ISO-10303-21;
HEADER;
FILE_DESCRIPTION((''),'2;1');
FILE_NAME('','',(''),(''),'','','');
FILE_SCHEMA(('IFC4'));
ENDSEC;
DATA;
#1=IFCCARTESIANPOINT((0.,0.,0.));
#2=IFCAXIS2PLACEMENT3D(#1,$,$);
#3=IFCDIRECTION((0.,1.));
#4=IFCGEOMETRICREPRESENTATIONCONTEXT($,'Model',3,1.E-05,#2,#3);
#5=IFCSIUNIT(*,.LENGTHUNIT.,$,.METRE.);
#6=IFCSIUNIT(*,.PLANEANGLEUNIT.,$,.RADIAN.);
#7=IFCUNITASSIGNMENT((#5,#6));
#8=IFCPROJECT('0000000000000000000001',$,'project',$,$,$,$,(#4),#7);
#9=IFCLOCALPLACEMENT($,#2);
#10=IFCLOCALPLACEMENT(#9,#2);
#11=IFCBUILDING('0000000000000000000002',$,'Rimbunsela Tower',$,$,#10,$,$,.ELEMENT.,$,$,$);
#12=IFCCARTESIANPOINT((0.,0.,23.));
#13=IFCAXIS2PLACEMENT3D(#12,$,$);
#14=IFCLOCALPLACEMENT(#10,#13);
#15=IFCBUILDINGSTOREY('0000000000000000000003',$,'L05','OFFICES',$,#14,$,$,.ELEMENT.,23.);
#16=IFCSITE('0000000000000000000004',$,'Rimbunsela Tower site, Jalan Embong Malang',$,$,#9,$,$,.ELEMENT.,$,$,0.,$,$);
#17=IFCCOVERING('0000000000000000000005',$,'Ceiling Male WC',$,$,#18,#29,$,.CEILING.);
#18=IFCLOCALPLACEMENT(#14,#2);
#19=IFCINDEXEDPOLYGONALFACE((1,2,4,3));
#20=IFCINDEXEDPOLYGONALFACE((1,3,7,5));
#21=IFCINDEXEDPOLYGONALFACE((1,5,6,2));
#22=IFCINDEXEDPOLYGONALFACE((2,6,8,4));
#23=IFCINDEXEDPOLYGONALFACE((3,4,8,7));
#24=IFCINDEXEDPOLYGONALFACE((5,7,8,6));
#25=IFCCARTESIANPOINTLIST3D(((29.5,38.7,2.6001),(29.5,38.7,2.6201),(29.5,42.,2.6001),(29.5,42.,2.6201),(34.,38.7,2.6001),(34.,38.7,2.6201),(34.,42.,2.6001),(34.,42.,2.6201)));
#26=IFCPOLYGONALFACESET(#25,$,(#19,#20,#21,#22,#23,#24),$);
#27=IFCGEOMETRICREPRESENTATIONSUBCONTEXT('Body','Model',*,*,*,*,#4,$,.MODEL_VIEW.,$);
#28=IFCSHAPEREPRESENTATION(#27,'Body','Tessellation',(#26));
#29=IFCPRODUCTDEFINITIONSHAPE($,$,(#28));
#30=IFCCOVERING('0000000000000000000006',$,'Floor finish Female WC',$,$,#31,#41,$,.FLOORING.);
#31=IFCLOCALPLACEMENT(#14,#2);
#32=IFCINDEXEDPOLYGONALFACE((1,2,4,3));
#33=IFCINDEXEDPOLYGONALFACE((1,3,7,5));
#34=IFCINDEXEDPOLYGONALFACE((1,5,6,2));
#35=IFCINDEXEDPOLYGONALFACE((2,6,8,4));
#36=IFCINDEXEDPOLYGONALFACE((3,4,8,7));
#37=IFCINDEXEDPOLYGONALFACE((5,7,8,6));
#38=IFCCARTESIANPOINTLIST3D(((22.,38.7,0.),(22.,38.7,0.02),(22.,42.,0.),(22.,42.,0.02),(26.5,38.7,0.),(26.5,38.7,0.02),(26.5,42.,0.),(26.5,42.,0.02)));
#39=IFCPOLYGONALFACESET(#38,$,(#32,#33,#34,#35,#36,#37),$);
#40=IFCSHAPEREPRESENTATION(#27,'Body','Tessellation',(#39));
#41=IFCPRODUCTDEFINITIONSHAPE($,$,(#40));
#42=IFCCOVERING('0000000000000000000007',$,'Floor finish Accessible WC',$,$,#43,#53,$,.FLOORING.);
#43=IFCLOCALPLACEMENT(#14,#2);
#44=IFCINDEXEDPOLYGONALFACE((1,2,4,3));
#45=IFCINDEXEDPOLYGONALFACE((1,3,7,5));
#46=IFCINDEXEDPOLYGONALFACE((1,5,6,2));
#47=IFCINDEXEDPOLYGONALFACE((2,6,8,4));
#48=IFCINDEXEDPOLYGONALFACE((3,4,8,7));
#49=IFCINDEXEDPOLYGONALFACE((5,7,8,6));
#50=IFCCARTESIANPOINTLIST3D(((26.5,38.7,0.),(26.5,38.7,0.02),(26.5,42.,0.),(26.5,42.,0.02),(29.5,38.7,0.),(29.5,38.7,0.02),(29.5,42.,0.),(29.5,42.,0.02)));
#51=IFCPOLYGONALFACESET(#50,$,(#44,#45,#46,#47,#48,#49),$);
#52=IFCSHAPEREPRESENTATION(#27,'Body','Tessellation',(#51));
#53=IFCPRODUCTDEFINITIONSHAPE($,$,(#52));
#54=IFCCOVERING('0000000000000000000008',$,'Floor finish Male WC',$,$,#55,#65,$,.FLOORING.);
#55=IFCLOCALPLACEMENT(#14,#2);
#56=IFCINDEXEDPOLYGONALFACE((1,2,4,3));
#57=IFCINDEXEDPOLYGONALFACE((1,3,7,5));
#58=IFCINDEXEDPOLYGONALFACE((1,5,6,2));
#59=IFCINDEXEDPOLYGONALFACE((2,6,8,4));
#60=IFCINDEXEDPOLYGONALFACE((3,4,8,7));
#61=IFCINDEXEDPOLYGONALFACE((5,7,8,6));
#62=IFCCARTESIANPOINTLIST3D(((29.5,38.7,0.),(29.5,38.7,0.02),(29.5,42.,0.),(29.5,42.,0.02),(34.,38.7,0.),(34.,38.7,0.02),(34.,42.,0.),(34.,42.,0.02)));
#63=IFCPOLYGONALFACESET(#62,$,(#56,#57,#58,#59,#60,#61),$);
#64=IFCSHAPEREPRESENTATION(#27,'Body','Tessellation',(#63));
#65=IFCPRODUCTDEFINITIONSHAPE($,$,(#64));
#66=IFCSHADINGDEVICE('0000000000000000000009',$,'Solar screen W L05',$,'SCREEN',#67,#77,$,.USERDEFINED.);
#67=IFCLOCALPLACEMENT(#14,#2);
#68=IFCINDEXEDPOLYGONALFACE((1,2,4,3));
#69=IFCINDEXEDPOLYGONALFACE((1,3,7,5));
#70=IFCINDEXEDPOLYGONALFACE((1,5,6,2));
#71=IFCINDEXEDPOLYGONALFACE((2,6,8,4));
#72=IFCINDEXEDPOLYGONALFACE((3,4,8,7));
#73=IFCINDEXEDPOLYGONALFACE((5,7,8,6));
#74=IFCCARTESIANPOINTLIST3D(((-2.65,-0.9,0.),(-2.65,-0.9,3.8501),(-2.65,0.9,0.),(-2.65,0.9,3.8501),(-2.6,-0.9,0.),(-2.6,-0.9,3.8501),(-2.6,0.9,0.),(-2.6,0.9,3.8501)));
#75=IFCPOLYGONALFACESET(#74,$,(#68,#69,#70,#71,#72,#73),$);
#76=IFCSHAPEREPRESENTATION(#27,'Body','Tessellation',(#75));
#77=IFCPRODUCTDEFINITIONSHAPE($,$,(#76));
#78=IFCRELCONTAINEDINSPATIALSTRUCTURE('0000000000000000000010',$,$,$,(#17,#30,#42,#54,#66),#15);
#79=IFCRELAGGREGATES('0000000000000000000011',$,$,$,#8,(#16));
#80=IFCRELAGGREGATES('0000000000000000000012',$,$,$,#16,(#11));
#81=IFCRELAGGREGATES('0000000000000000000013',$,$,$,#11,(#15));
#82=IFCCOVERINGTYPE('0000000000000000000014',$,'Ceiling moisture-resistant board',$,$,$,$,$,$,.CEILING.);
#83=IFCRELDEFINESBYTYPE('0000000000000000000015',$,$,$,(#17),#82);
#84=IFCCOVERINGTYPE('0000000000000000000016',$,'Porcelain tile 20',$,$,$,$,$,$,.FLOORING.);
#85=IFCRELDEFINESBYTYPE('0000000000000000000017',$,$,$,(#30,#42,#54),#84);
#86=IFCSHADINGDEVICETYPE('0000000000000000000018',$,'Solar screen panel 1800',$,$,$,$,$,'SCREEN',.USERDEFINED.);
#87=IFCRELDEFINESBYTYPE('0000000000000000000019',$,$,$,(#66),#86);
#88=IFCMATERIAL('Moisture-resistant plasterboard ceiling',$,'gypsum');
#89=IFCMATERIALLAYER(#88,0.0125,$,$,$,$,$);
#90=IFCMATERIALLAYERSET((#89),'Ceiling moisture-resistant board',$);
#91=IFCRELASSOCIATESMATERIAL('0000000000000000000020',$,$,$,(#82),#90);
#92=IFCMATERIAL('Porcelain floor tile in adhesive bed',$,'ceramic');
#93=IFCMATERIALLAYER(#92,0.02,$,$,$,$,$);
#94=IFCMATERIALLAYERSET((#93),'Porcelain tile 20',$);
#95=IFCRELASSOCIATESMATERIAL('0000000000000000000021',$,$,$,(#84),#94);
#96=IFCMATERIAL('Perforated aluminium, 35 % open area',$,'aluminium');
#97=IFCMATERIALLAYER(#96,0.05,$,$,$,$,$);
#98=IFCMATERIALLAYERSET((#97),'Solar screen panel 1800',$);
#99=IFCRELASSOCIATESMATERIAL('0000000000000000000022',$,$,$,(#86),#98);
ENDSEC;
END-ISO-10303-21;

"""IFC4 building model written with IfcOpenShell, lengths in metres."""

from ifc_helpers import new_model, si_unit, direction, frame, origin, origin_2d, place, context, subcontext, project, spatial, polyline, rectangle, outline, extrude, material, layer, layer_set, type_object, element, save


model = new_model("IFC4")

# Units and contexts
model_context = context("Model", 3, precision=1e-05, world=origin(), true_north=direction((0.0, 1.0)))
body_context = subcontext(model_context, "Body", "Model", "MODEL_VIEW")
ifc_project = project(units=[si_unit("LENGTHUNIT", "METRE"), si_unit("PLANEANGLEUNIT", "RADIAN")], contexts=[model_context])

# Site, building, storey
site_placement = place(None, origin())
site = spatial("IfcSite", under=ifc_project, at=site_placement, Name="Rimbunsela Tower site, Jalan Embong Malang", CompositionType="ELEMENT", RefElevation=0.0)
building_placement = place(site_placement, origin())
building = spatial("IfcBuilding", under=site, at=building_placement, Name="Rimbunsela Tower", CompositionType="ELEMENT")
storey_placement = place(building_placement, frame((0.0, 0.0, 23.0)))
storey = spatial("IfcBuildingStorey", under=building, at=storey_placement, Name="L05", Description="OFFICES", CompositionType="ELEMENT", Elevation=23.0)

# Coverings
ifc_material_1 = material(Name="Moisture-resistant plasterboard ceiling", Category="gypsum")
ifc_layer_1 = layer(ifc_material_1, 0.0125)
ifc_layer_set_1 = layer_set([ifc_layer_1], Name="Ceiling moisture-resistant board")
covering_type_1 = type_object("IfcCoveringType", Name="Ceiling moisture-resistant board", PredefinedType="CEILING", material=ifc_layer_set_1)
covering_1_placement = place(storey_placement, frame((0.0, 0.0, 2.6001)))
element("IfcCovering", 1, at=covering_1_placement, inside=storey, type_object=covering_type_1, Name="Ceiling Male WC", PredefinedType="CEILING", context=body_context, shape_type="SweptSolid", body=[
    extrude(outline(polyline([(34.0, 38.7), (34.0, 42.0), (29.5, 42.0), (29.5, 38.7), (34.0, 38.7)])), origin(), (0.0, 0.0, 1.0), 0.02),
])
ifc_material_2 = material(Name="Porcelain floor tile in adhesive bed", Category="ceramic")
ifc_layer_2 = layer(ifc_material_2, 0.02)
ifc_layer_set_2 = layer_set([ifc_layer_2], Name="Porcelain tile 20")
covering_type_2 = type_object("IfcCoveringType", Name="Porcelain tile 20", PredefinedType="FLOORING", material=ifc_layer_set_2)
covering_2_placement = place(storey_placement, origin())
element("IfcCovering", 2, at=covering_2_placement, inside=storey, type_object=covering_type_2, Name="Floor finish Female WC", PredefinedType="FLOORING", context=body_context, shape_type="SweptSolid", body=[
    extrude(outline(polyline([(26.5, 38.7), (26.5, 42.0), (22.0, 42.0), (22.0, 38.7), (26.5, 38.7)])), origin(), (0.0, 0.0, 1.0), 0.02),
])
covering_3_placement = place(storey_placement, origin())
element("IfcCovering", 3, at=covering_3_placement, inside=storey, type_object=covering_type_2, Name="Floor finish Accessible WC", PredefinedType="FLOORING", context=body_context, shape_type="SweptSolid", body=[
    extrude(outline(polyline([(29.5, 38.7), (29.5, 42.0), (26.5, 42.0), (26.5, 38.7), (29.5, 38.7)])), origin(), (0.0, 0.0, 1.0), 0.02),
])
covering_4_placement = place(storey_placement, origin())
element("IfcCovering", 4, at=covering_4_placement, inside=storey, type_object=covering_type_2, Name="Floor finish Male WC", PredefinedType="FLOORING", context=body_context, shape_type="SweptSolid", body=[
    extrude(outline(polyline([(34.0, 38.7), (34.0, 42.0), (29.5, 42.0), (29.5, 38.7), (34.0, 38.7)])), origin(), (0.0, 0.0, 1.0), 0.02),
])

# Shading device
ifc_material_3 = material(Name="Perforated aluminium, 35 % open area", Category="aluminium")
ifc_layer_3 = layer(ifc_material_3, 0.05)
ifc_layer_set_3 = layer_set([ifc_layer_3], Name="Solar screen panel 1800")
shading_device_type = type_object("IfcShadingDeviceType", Name="Solar screen panel 1800", ElementType="SCREEN", PredefinedType="USERDEFINED", material=ifc_layer_set_3)
shading_device_placement = place(storey_placement, frame((-2.625, 0.0, 0.0), z_axis=(0.0, 0.0, 1.0), x_axis=(0.0, 1.0, 0.0)))
element("IfcShadingDevice", 5, at=shading_device_placement, inside=storey, type_object=shading_device_type, Name="Solar screen W L05", ObjectType="SCREEN", PredefinedType="USERDEFINED", context=body_context, shape_type="SweptSolid", body=[
    extrude(rectangle(XDim=1.8, YDim=0.05, at=origin_2d()), origin(), (0.0, 0.0, 1.0), 3.8501),
])

save(model, "model.ifc")
